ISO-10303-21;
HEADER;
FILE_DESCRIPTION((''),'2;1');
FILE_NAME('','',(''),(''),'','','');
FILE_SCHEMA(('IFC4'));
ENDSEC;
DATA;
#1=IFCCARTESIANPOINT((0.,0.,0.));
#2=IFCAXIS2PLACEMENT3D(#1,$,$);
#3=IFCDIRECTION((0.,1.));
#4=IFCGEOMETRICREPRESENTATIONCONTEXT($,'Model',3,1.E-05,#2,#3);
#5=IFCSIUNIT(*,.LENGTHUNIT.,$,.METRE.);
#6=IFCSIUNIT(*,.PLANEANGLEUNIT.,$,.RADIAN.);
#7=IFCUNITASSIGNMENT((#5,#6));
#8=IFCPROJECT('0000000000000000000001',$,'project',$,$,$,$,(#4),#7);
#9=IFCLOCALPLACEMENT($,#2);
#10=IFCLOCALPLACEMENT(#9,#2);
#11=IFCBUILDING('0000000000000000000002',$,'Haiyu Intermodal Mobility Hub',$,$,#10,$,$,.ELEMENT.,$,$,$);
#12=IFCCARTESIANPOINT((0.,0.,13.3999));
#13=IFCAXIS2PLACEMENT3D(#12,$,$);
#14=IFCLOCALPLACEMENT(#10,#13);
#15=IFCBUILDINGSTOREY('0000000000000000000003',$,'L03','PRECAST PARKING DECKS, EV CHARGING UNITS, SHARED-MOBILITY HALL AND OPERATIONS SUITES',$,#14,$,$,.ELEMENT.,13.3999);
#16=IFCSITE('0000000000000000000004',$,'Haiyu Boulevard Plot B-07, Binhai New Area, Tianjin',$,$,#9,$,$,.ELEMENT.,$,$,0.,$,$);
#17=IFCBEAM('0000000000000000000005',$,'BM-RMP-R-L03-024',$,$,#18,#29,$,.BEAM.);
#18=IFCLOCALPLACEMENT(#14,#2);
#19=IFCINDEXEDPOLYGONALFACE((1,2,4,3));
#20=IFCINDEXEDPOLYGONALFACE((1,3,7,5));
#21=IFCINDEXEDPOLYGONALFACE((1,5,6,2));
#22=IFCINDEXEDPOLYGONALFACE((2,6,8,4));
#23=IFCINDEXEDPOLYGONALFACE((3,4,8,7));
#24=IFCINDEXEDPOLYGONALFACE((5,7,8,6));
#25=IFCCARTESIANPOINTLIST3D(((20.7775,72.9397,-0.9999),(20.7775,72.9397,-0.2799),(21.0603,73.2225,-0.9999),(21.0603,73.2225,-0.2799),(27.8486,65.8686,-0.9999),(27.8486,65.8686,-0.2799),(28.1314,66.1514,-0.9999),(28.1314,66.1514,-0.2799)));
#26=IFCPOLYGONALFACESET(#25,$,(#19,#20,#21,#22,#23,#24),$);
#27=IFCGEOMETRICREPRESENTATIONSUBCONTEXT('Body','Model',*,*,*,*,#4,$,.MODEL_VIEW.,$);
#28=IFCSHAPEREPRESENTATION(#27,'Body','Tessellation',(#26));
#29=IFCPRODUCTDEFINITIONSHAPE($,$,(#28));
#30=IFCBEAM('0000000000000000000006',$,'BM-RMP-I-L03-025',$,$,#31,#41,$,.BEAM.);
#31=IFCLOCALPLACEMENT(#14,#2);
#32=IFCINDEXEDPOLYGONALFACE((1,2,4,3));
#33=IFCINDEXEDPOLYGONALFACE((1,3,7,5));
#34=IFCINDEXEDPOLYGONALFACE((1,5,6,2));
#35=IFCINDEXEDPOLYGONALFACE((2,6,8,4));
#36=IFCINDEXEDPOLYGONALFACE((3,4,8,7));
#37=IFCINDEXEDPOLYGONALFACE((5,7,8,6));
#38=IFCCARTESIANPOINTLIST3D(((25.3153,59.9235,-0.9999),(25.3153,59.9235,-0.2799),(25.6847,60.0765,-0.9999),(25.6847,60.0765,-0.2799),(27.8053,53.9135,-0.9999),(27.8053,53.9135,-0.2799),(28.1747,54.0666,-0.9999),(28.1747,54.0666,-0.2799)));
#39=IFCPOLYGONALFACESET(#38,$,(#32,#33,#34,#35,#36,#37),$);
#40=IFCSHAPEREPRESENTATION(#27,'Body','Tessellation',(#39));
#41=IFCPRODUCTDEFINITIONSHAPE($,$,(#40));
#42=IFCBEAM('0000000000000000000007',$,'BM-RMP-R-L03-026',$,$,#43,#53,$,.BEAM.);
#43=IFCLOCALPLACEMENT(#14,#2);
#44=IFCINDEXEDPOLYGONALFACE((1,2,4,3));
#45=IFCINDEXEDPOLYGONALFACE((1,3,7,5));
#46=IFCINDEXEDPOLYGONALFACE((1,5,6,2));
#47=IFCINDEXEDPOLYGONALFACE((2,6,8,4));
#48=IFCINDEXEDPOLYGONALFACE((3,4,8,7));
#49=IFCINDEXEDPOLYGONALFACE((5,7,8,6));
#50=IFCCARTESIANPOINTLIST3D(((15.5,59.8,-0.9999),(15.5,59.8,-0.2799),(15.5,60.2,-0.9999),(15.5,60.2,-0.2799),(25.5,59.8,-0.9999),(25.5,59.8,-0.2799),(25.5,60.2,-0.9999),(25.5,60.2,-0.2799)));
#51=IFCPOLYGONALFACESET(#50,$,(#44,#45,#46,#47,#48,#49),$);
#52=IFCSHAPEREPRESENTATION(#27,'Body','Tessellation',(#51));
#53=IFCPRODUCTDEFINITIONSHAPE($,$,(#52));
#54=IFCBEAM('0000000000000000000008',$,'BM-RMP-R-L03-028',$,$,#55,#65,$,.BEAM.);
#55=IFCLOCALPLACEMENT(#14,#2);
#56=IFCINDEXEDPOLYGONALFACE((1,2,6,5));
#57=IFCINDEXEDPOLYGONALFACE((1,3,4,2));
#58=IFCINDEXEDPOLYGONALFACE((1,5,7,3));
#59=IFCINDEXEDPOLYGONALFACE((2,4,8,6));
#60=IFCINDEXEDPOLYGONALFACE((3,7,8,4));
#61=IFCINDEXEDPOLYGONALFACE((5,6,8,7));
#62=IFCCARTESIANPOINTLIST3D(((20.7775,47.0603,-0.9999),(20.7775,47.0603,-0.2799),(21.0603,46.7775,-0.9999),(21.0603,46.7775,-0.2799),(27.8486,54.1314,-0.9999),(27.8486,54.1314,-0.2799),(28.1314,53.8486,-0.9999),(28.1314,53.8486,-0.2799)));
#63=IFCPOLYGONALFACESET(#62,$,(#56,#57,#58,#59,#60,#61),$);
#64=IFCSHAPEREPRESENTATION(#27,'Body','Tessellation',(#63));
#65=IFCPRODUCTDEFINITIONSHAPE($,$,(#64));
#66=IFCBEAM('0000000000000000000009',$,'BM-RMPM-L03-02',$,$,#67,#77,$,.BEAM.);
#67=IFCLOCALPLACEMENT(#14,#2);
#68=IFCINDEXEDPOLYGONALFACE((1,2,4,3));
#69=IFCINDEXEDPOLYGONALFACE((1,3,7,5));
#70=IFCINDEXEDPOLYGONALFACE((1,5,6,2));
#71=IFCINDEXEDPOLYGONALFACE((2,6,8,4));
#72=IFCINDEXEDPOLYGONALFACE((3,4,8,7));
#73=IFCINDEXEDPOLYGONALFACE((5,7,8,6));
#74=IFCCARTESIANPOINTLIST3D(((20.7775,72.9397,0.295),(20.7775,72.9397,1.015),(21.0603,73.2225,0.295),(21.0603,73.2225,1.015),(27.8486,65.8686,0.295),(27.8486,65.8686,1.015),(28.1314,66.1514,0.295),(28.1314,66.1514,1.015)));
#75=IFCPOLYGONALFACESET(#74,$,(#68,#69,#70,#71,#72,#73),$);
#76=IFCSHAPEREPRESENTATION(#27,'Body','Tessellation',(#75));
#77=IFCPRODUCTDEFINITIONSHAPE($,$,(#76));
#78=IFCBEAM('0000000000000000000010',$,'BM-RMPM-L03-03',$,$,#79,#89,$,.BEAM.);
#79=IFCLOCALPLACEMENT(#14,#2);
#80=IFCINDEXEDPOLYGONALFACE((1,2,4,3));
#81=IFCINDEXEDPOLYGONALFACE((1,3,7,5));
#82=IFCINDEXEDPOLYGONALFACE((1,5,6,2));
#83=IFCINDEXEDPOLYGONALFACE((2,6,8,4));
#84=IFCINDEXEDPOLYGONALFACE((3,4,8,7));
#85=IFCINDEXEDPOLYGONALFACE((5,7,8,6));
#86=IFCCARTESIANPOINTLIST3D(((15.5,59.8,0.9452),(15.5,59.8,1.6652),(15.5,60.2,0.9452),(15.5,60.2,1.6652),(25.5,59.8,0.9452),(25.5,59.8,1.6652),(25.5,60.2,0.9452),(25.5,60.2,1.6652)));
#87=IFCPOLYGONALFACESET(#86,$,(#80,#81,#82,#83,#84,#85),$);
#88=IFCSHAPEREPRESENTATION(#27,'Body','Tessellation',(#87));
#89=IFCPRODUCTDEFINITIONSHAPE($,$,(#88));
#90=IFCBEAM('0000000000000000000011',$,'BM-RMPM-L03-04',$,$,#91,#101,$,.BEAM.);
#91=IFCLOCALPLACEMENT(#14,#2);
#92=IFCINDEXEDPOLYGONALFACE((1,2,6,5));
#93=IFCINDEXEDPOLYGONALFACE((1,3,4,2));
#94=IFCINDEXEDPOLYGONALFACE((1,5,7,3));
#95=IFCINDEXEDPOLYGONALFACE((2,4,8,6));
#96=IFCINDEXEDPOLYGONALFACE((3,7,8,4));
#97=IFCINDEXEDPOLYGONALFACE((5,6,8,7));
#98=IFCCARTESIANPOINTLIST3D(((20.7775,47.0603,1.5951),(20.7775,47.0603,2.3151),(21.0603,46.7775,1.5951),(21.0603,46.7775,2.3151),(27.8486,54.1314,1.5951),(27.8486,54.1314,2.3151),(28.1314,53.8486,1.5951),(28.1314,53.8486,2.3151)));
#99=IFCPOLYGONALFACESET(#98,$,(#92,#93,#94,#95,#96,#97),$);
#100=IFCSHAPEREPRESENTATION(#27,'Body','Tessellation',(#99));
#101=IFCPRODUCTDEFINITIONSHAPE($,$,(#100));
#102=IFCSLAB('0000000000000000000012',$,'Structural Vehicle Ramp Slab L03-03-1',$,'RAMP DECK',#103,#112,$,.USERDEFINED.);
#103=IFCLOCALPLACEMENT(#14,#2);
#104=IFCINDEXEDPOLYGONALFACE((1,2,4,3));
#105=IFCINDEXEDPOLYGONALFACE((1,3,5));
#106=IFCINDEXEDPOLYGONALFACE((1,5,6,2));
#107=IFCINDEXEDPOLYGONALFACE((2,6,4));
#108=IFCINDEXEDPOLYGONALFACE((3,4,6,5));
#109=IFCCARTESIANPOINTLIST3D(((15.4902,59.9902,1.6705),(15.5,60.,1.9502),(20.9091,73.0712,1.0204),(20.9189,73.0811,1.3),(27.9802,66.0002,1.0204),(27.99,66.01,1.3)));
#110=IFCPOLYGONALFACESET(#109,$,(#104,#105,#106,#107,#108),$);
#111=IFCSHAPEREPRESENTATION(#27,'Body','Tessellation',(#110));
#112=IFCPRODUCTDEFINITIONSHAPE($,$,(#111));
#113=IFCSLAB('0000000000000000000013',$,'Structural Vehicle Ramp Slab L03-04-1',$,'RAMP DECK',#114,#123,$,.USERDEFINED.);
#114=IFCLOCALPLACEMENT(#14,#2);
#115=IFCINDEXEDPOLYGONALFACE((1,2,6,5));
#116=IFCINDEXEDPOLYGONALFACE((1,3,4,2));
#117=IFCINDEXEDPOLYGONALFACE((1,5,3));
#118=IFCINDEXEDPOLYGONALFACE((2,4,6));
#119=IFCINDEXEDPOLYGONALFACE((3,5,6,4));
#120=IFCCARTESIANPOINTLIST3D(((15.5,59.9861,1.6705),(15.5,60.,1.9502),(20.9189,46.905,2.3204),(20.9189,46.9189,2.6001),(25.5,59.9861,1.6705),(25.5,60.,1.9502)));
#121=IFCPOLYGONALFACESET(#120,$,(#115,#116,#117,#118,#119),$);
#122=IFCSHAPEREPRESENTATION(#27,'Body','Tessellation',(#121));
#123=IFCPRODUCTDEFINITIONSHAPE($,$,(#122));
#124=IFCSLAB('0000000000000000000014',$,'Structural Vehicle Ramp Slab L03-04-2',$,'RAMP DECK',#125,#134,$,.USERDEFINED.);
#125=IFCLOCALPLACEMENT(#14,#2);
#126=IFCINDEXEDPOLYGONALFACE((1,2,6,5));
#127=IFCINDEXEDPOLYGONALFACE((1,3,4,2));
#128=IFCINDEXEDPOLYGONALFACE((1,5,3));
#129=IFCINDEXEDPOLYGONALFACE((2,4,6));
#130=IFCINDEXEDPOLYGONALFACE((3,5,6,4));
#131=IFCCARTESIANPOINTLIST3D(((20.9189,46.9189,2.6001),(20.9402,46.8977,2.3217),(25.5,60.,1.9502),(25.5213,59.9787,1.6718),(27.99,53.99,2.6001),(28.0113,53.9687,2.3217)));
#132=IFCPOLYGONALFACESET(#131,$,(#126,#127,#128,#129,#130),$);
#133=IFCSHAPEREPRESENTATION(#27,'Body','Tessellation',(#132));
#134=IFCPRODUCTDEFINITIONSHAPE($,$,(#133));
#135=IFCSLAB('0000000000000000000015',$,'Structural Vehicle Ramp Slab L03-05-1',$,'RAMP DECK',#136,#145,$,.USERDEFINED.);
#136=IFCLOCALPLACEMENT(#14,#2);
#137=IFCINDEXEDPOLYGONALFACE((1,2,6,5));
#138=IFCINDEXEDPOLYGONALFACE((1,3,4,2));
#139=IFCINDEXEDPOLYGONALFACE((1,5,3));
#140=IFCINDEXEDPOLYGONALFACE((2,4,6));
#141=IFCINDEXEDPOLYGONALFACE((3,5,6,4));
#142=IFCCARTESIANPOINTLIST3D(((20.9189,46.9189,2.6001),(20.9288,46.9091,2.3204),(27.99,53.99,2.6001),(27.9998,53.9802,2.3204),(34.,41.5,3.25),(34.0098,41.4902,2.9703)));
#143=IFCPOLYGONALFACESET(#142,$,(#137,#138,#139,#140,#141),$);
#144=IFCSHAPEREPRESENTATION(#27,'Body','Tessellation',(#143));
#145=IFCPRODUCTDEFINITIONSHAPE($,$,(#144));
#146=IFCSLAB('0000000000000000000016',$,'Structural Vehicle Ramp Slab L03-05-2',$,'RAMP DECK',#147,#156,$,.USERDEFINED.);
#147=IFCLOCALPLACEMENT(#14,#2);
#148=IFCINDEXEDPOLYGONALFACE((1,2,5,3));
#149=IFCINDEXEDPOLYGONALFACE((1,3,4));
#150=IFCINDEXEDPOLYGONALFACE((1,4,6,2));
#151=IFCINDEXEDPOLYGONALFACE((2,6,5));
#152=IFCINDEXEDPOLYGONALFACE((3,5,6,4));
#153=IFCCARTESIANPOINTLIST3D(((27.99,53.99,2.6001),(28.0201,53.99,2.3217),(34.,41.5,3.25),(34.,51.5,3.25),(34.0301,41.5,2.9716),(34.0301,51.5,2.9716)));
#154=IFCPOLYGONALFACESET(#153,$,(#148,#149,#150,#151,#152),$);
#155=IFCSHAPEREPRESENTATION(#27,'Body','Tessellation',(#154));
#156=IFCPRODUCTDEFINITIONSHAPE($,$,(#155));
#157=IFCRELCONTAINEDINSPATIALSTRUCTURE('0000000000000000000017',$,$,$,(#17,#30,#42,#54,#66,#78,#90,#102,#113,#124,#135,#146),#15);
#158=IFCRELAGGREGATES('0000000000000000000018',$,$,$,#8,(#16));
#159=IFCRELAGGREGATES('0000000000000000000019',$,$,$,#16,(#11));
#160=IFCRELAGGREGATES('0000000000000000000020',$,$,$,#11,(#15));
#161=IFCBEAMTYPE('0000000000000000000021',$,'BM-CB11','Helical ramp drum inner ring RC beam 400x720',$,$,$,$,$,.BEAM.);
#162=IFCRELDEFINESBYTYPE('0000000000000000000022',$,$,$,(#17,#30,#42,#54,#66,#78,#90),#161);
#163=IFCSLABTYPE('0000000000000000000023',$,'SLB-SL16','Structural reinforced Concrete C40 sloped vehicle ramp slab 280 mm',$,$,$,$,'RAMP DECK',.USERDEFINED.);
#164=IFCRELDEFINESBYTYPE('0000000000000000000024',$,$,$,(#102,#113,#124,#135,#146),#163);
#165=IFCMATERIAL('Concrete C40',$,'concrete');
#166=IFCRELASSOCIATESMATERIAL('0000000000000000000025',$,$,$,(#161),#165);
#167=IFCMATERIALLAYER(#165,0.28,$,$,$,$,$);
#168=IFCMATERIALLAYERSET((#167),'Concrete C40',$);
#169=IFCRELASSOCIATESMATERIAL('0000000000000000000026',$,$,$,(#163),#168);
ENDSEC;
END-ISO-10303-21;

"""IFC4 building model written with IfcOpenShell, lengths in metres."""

from ifc_helpers import new_model, si_unit, direction, frame, origin, origin_2d, place, context, subcontext, project, spatial, polyline, rectangle, outline, extrude, material, layer, layer_set, material_profile, profile_set, type_object, element, save


model = new_model("IFC4")

# Units and contexts
model_context = context("Model", 3, precision=1e-05, world=origin(), true_north=direction((0.0, 1.0)))
body_context = subcontext(model_context, "Body", "Model", "MODEL_VIEW")
ifc_project = project(units=[si_unit("LENGTHUNIT", "METRE"), si_unit("PLANEANGLEUNIT", "RADIAN")], contexts=[model_context])

# Site, building, storey
site_placement = place(None, origin())
site = spatial("IfcSite", under=ifc_project, at=site_placement, Name="Haiyu Boulevard Plot B-07, Binhai New Area, Tianjin", CompositionType="ELEMENT", RefElevation=0.0)
building_placement = place(site_placement, origin())
building = spatial("IfcBuilding", under=site, at=building_placement, Name="Haiyu Intermodal Mobility Hub", CompositionType="ELEMENT")
storey_placement = place(building_placement, frame((0.0, 0.0, 13.3999)))
storey = spatial("IfcBuildingStorey", under=building, at=storey_placement, Name="L03", Description="PRECAST PARKING DECKS, EV CHARGING UNITS, SHARED-MOBILITY HALL AND OPERATIONS SUITES", CompositionType="ELEMENT", Elevation=13.3999)

# Shared definitions
ifc_material_1 = material(Name="Concrete C40", Category="concrete")

# Beams
ifc_material_profile_1 = material_profile(ifc_material_1, rectangle(XDim=0.3999, YDim=0.72, at=origin_2d()), Name="RCB400x720")
ifc_profile_set_1 = profile_set([ifc_material_profile_1], Name="Concrete C40")
beam_type_1 = type_object("IfcBeamType", Name="BM-CB11", Description="Helical ramp drum inner ring RC beam 400x720", PredefinedType="BEAM", material=ifc_profile_set_1)
beam_1_placement = place(storey_placement, frame((27.99, 66.01, -0.6399), z_axis=(-0.707107, 0.707107, 0.0), x_axis=(-0.707107, -0.707107, 0.0)))
element("IfcBeam", 1, at=beam_1_placement, inside=storey, type_object=beam_type_1, Name="BM-RMP-R-L03-024", PredefinedType="BEAM", context=body_context, shape_type="SweptSolid", body=[
    extrude(rectangle(XDim=0.3999, YDim=0.72, at=origin_2d()), origin(), (0.0, 0.0, 1.0), 10.0),
])
beam_2_placement = place(storey_placement, frame((25.5, 60.0, -0.6399), z_axis=(0.382757, -0.923849, 0.0), x_axis=(0.923849, 0.382757, 0.0)))
element("IfcBeam", 2, at=beam_2_placement, inside=storey, type_object=beam_type_1, Name="BM-RMP-I-L03-025", PredefinedType="BEAM", context=body_context, shape_type="SweptSolid", body=[
    extrude(rectangle(XDim=0.3999, YDim=0.72, at=origin_2d()), origin(), (0.0, 0.0, 1.0), 6.5054),
])
for number, where, z_axis, x_axis, name in (
    (3, (25.5, 60.0, -0.6399), (-1.0, 0.0, 0.0), (0.0, -1.0, 0.0), "BM-RMP-R-L03-026"),
    (4, (27.99, 53.99, -0.6399), (-0.707107, -0.707107, 0.0), (0.707107, -0.707107, 0.0), "BM-RMP-R-L03-028"),
    (5, (27.99, 66.01, 0.655), (-0.707107, 0.707107, 0.0), (-0.707107, -0.707107, 0.0), "BM-RMPM-L03-02"),
    (6, (25.5, 60.0, 1.3052), (-1.0, 0.0, 0.0), (0.0, -1.0, 0.0), "BM-RMPM-L03-03"),
    (7, (27.99, 53.99, 1.9551), (-0.707107, -0.707107, 0.0), (0.707107, -0.707107, 0.0), "BM-RMPM-L03-04"),
):
    element("IfcBeam", number, at=place(storey_placement, frame(where, z_axis=z_axis, x_axis=x_axis)), inside=storey, type_object=beam_type_1, Name=name, PredefinedType="BEAM", context=body_context, shape_type="SweptSolid", body=[
        extrude(rectangle(XDim=0.3999, YDim=0.72, at=origin_2d()), origin(), (0.0, 0.0, 1.0), 10.0),
    ])

# Slabs
ifc_layer = layer(ifc_material_1, 0.28)
ifc_layer_set = layer_set([ifc_layer], Name="Concrete C40")
slab_type = type_object("IfcSlabType", Name="SLB-SL16", Description="Structural reinforced Concrete C40 sloped vehicle ramp slab 280 mm", ElementType="RAMP DECK", PredefinedType="USERDEFINED", material=ifc_layer_set)
slab_1_placement = place(storey_placement, frame((27.99, 66.01, 1.3), z_axis=(0.0351, 0.0351, 0.998767), x_axis=(-0.707107, 0.707107, 0.0)))
element("IfcSlab", 8, at=slab_1_placement, inside=storey, type_object=slab_type, Name="Structural Vehicle Ramp Slab L03-03-1", ObjectType="RAMP DECK", PredefinedType="USERDEFINED", context=body_context, shape_type="SweptSolid", body=[
    extrude(outline(polyline([(0.0, 0.0), (10.0, 0.0), (4.582, 13.0976), (0.0, 0.0)])), origin(), (0.0, 0.0, -1.0), 0.28),
])
slab_2_placement = place(storey_placement, frame((25.5, 60.0, 1.9502), z_axis=(0.0, 0.049622, 0.998768), x_axis=(-1.0, 0.0, 0.0)))
element("IfcSlab", 9, at=slab_2_placement, inside=storey, type_object=slab_type, Name="Structural Vehicle Ramp Slab L03-04-1", ObjectType="RAMP DECK", PredefinedType="USERDEFINED", context=body_context, shape_type="SweptSolid", body=[
    extrude(outline(polyline([(0.0, 0.0), (10.0, 0.0), (4.5811, 13.0972), (0.0, 0.0)])), origin(), (0.0, 0.0, -1.0), 0.28),
])
slab_3_placement = place(storey_placement, frame((25.5, 60.0, 1.9502), z_axis=(-0.076016, 0.076016, 0.994205), x_axis=(-0.33016, -0.942762, 0.046839)))
element("IfcSlab", 10, at=slab_3_placement, inside=storey, type_object=slab_type, Name="Structural Vehicle Ramp Slab L03-04-2", ObjectType="RAMP DECK", PredefinedType="USERDEFINED", context=body_context, shape_type="SweptSolid", body=[
    extrude(outline(polyline([(0.0, 0.0), (13.8752, 0.0), (4.8744, 4.357), (0.0, 0.0)])), origin(), (0.0, 0.0, -1.0), 0.28),
])
slab_4_placement = place(storey_placement, frame((27.99, 53.99, 2.6001), z_axis=(-0.035087, 0.035087, 0.998768), x_axis=(-0.707107, -0.707107, 0.0)))
element("IfcSlab", 11, at=slab_4_placement, inside=storey, type_object=slab_type, Name="Structural Vehicle Ramp Slab L03-05-1", ObjectType="RAMP DECK", PredefinedType="USERDEFINED", context=body_context, shape_type="SweptSolid", body=[
    extrude(outline(polyline([(0.0, 0.0), (10.0, 0.0), (4.582, 13.0976), (0.0, 0.0)])), origin(), (0.0, 0.0, -1.0), 0.28),
])
slab_5_placement = place(storey_placement, frame((27.99, 53.99, 2.6001), z_axis=(-0.10751, 0.0, 0.994204), x_axis=(0.433124, -0.900117, 0.046837)))
element("IfcSlab", 12, at=slab_5_placement, inside=storey, type_object=slab_type, Name="Structural Vehicle Ramp Slab L03-05-2", ObjectType="RAMP DECK", PredefinedType="USERDEFINED", context=body_context, shape_type="SweptSolid", body=[
    extrude(outline(polyline([(0.0, 0.0), (13.876, 0.0), (4.8748, 4.3565), (0.0, 0.0)])), origin(), (0.0, 0.0, -1.0), 0.28),
])

save(model, "model.ifc")
